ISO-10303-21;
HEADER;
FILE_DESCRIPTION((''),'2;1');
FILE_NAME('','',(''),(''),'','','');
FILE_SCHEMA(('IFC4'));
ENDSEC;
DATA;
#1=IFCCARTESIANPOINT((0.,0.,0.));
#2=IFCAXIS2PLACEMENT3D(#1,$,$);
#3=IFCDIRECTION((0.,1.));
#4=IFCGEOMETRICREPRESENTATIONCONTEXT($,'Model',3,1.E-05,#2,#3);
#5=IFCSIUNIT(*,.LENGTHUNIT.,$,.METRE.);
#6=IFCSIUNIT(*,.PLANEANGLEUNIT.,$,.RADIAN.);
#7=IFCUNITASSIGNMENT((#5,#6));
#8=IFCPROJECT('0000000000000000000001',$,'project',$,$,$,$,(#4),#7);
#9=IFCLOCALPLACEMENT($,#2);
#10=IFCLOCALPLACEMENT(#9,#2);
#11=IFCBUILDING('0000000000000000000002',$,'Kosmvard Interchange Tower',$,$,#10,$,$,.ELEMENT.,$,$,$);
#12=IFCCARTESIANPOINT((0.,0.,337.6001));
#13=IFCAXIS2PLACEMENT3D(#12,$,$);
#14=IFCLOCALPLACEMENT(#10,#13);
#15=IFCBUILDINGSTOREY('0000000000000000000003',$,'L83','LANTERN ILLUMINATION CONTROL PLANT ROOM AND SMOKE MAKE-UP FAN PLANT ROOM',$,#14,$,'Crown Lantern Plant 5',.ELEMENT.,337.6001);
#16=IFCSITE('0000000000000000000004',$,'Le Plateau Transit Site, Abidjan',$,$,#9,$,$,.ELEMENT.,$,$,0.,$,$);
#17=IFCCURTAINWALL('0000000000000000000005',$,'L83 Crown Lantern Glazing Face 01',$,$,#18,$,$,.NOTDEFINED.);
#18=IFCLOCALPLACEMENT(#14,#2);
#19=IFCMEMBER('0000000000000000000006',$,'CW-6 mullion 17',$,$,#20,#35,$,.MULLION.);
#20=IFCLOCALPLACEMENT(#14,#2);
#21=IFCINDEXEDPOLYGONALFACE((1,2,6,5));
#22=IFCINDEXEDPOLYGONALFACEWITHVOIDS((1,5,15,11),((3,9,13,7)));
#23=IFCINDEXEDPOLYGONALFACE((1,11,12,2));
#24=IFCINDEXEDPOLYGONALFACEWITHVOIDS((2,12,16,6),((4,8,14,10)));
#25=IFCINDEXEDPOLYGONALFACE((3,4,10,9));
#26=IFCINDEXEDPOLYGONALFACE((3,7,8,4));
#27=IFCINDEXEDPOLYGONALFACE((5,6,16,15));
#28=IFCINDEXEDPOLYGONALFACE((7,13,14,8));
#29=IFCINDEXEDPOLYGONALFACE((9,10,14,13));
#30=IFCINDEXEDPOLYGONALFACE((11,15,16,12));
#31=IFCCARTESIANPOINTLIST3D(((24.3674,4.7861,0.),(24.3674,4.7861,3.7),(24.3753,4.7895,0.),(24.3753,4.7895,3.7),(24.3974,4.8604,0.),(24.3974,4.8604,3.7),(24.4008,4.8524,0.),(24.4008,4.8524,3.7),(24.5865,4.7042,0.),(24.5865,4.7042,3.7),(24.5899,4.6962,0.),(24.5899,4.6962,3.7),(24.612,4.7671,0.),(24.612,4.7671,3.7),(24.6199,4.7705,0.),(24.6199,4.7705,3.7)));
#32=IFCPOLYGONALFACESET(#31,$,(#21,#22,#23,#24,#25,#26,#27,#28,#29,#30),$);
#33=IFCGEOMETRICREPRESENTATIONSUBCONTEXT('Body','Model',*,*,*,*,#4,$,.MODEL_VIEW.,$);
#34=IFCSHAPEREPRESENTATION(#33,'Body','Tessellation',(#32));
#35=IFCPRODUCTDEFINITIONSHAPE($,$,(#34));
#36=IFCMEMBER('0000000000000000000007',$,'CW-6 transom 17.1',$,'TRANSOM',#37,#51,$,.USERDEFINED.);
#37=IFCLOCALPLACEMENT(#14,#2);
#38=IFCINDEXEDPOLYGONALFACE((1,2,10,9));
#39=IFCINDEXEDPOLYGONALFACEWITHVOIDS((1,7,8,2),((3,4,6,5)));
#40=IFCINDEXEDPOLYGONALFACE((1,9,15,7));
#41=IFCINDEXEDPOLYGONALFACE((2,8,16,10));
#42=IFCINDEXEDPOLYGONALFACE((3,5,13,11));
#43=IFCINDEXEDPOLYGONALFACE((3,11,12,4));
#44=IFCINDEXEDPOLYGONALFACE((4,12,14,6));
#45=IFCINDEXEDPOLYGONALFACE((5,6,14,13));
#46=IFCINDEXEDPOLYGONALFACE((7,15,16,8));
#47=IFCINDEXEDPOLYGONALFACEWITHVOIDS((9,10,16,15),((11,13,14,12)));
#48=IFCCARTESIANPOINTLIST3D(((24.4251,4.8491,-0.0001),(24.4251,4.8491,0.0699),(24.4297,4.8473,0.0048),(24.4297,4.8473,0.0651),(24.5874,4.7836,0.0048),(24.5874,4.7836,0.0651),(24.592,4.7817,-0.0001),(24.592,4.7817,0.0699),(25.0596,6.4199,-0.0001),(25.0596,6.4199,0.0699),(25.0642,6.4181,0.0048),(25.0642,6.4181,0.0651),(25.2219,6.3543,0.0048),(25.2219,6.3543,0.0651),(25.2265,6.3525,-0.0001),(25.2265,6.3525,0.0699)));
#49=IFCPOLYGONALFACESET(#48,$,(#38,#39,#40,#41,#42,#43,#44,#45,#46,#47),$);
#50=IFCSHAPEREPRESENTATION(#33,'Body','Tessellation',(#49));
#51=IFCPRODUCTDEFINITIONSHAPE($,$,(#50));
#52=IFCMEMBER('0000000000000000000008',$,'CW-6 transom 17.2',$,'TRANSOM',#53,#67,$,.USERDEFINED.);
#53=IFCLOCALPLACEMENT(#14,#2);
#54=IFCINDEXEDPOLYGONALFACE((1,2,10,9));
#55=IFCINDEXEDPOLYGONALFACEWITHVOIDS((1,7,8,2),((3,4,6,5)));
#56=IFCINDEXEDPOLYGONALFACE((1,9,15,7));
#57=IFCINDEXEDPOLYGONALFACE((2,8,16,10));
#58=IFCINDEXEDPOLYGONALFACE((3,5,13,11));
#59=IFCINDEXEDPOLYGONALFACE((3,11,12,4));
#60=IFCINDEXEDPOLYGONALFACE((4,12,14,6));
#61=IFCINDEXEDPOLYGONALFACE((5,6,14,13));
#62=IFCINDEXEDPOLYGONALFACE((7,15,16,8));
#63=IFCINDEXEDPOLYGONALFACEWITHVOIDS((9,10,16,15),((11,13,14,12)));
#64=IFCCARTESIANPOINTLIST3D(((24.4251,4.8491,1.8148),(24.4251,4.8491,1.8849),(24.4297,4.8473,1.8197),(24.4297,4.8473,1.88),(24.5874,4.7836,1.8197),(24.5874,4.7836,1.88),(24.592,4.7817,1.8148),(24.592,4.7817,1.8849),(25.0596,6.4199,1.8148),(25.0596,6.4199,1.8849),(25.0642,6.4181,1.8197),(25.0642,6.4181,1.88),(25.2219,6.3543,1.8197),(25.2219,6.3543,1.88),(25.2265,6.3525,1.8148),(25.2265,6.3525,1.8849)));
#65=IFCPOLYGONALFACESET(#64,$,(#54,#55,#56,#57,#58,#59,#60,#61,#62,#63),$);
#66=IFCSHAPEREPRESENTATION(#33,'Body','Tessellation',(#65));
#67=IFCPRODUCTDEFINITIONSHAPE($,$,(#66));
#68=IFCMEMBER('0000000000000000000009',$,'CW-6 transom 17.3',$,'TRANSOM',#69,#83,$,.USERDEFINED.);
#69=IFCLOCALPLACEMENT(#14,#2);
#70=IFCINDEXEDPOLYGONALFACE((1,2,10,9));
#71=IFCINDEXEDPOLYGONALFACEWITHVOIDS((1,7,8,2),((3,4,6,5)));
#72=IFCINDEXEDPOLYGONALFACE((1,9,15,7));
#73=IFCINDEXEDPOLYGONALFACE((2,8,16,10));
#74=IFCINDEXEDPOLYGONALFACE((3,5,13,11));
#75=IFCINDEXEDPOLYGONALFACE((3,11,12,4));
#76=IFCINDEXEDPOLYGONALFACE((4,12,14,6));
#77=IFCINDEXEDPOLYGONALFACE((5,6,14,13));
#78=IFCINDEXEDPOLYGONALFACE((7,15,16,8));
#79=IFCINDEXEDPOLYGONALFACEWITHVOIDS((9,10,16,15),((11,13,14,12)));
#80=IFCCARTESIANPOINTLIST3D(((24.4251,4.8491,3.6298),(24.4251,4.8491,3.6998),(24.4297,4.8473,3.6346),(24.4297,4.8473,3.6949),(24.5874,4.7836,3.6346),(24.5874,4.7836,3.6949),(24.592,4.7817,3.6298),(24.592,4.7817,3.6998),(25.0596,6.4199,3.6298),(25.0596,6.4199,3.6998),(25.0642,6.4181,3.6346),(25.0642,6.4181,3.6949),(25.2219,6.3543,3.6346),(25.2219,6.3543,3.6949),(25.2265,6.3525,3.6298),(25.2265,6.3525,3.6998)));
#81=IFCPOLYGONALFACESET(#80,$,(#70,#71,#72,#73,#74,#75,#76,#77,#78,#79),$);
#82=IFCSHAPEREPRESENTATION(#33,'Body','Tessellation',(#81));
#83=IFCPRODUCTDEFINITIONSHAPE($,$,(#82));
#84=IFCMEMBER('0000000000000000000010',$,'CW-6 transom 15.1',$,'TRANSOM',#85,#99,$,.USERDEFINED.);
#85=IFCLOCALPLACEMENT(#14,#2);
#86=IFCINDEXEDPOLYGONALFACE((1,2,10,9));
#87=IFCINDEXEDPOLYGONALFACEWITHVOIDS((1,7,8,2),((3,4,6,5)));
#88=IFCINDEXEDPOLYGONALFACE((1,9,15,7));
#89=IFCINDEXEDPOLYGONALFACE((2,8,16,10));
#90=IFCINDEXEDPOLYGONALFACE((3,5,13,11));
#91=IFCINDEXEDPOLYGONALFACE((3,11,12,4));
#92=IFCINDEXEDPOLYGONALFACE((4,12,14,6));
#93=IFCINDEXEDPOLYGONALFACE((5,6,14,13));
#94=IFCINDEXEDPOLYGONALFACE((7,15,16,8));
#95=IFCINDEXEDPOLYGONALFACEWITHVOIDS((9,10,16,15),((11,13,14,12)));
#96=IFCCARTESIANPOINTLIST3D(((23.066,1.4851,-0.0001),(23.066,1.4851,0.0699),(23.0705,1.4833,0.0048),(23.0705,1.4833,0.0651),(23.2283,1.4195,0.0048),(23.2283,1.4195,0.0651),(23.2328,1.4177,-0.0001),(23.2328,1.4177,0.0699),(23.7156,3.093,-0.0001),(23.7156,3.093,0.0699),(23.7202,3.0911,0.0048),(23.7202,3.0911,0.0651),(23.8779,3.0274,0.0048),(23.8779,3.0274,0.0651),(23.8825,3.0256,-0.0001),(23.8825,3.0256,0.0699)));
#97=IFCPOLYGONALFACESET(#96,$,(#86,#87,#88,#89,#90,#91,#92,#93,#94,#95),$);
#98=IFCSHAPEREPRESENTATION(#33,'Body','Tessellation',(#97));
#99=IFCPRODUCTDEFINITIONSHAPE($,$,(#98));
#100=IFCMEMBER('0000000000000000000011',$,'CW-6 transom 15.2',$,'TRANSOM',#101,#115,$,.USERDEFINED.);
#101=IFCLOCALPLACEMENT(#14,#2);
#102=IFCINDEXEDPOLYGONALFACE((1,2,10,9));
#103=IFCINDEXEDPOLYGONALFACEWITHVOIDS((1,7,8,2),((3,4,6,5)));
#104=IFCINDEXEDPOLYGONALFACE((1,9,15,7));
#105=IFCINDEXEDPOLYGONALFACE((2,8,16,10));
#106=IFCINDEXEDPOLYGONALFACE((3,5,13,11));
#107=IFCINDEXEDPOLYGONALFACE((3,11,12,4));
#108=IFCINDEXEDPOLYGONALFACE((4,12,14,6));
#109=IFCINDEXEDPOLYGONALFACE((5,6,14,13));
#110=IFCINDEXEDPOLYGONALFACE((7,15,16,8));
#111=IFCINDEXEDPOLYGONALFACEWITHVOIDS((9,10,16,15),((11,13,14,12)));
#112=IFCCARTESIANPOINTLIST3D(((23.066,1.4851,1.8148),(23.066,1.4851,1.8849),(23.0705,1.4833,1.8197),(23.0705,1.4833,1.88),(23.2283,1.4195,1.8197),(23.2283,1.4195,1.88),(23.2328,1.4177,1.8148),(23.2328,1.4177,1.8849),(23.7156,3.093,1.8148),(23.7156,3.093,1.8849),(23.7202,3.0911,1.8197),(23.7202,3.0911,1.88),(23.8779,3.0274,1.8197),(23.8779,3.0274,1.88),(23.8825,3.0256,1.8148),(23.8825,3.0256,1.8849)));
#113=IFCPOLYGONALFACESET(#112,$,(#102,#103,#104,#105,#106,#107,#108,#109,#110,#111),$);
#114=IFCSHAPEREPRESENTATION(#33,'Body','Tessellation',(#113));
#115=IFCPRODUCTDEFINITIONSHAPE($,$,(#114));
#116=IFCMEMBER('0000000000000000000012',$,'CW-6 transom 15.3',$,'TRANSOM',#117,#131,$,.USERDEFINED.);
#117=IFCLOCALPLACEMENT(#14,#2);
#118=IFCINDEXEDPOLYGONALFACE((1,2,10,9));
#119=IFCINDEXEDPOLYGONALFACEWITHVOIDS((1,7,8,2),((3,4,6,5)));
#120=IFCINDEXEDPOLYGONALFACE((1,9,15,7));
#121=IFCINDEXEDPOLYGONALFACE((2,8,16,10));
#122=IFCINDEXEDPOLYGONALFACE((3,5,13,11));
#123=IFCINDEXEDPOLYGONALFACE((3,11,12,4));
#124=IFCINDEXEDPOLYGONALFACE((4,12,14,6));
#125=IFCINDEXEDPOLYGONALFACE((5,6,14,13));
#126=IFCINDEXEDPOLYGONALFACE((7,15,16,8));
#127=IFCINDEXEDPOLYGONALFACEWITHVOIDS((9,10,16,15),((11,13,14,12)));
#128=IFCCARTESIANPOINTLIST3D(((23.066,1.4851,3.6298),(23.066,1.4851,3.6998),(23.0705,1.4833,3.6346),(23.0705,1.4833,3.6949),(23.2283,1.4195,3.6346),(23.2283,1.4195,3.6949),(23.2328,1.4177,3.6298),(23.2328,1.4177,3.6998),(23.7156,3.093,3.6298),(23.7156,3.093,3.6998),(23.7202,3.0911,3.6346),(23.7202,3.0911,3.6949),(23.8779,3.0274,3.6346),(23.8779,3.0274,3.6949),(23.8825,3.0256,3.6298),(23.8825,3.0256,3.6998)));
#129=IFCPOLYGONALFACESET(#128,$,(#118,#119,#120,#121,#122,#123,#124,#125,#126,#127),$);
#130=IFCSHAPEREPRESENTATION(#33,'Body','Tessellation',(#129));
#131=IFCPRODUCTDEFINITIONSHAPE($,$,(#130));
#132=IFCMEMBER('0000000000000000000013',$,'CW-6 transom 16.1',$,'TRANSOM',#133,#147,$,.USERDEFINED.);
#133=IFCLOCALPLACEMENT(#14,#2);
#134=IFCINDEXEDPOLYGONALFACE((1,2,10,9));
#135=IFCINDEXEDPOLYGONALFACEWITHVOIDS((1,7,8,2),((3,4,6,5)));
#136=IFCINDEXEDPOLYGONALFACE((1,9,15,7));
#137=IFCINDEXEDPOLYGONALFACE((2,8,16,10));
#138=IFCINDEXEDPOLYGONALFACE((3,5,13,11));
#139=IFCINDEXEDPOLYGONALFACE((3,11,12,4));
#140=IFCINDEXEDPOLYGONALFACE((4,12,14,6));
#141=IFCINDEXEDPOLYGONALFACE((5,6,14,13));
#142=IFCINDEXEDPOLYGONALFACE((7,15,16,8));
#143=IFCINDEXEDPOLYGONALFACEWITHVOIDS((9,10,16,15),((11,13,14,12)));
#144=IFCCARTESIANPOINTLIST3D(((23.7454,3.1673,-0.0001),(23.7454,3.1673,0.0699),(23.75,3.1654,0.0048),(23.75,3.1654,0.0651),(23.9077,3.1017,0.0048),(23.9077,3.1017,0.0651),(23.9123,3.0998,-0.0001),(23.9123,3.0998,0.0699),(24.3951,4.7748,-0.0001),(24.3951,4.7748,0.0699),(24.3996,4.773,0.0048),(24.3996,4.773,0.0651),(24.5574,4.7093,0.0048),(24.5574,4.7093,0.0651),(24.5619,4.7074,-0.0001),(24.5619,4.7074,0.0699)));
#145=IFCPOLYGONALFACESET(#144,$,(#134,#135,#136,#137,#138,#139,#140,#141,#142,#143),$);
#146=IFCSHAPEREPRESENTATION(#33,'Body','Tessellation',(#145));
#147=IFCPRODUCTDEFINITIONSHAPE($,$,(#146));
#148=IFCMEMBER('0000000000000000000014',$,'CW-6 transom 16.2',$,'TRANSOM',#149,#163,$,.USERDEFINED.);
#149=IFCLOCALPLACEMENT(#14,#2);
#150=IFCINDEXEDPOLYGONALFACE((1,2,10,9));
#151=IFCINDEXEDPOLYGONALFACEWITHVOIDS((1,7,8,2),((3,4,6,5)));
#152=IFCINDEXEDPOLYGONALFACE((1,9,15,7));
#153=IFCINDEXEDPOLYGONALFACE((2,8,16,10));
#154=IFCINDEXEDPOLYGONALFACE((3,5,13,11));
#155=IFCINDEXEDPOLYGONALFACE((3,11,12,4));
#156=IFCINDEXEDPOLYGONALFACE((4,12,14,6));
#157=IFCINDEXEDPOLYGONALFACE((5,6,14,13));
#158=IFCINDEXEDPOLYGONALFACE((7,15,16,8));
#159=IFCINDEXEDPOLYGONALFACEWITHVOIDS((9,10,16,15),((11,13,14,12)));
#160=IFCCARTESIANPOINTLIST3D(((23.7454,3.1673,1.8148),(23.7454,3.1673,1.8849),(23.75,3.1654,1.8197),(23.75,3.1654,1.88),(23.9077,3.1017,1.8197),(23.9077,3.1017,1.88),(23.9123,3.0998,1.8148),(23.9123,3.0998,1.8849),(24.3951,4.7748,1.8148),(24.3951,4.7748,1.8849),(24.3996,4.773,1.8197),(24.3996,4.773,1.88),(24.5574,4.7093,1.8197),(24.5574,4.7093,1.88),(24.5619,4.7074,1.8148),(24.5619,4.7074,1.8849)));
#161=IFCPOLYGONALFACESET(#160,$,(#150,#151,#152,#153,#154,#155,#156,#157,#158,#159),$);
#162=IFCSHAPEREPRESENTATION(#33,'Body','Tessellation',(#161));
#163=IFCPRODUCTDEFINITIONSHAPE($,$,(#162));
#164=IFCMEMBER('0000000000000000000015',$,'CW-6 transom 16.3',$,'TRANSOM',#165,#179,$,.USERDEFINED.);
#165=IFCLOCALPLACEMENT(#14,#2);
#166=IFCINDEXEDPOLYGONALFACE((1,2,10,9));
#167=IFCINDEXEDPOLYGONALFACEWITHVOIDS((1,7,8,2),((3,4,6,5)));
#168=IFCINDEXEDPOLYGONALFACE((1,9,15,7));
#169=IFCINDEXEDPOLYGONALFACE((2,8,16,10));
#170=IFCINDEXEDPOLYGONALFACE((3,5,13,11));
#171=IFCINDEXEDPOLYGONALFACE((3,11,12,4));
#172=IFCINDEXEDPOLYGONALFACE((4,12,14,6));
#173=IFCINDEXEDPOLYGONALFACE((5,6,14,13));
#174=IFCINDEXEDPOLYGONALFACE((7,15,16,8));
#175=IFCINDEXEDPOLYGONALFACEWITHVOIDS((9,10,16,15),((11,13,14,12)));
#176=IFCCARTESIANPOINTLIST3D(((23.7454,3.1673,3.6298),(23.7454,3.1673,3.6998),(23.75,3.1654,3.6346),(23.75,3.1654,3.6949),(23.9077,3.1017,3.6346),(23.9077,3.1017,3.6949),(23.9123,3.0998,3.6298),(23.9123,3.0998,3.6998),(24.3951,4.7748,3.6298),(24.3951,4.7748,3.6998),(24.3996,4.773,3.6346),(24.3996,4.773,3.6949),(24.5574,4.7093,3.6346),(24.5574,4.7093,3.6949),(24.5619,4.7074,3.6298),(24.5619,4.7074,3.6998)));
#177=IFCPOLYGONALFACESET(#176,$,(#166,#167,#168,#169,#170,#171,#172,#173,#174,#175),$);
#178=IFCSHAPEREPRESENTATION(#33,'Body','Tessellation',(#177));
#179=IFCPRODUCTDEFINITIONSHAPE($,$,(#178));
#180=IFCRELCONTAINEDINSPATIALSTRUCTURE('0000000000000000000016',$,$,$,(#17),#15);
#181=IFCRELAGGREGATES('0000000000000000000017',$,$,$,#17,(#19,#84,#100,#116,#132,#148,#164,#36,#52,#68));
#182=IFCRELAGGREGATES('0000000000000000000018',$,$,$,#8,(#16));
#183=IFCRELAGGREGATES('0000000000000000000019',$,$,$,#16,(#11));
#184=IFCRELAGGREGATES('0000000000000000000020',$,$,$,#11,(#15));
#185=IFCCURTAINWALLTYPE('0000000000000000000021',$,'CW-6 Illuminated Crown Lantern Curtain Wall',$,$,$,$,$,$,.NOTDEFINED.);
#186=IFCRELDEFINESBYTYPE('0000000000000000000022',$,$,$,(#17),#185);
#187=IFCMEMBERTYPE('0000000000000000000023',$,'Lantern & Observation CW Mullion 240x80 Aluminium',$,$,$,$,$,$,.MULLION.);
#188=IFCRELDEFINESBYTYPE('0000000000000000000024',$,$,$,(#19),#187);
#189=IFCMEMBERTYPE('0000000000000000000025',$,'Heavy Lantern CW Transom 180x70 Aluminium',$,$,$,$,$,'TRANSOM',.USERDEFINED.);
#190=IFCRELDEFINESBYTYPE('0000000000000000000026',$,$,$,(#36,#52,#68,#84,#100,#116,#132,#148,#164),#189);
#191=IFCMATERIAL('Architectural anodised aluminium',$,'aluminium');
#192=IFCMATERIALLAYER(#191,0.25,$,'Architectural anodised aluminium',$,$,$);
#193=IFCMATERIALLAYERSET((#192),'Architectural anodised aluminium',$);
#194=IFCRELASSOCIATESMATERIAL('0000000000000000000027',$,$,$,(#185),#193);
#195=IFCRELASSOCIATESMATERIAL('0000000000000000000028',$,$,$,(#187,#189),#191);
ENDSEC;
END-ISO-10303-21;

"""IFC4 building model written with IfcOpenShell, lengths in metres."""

from ifc_helpers import new_model, si_unit, direction, frame, origin, origin_2d, place, context, subcontext, project, spatial, hollow_rectangle, extrude, source, transform, mapped, material, layer, layer_set, material_profile, profile_set, type_object, element, aggregate, save


model = new_model("IFC4")

# Units and contexts
model_context = context("Model", 3, precision=1e-05, world=origin(), true_north=direction((0.0, 1.0)))
body_context = subcontext(model_context, "Body", "Model", "MODEL_VIEW")
ifc_project = project(units=[si_unit("LENGTHUNIT", "METRE"), si_unit("PLANEANGLEUNIT", "RADIAN")], contexts=[model_context])

# Site, building, storey
site_placement = place(None, origin())
site = spatial("IfcSite", under=ifc_project, at=site_placement, Name="Le Plateau Transit Site, Abidjan", CompositionType="ELEMENT", RefElevation=0.0)
building_placement = place(site_placement, origin())
building = spatial("IfcBuilding", under=site, at=building_placement, Name="Kosmvard Interchange Tower", CompositionType="ELEMENT")
storey_placement = place(building_placement, frame((0.0, 0.0, 337.6001)))
storey = spatial("IfcBuildingStorey", under=building, at=storey_placement, Name="L83", Description="LANTERN ILLUMINATION CONTROL PLANT ROOM AND SMOKE MAKE-UP FAN PLANT ROOM", LongName="Crown Lantern Plant 5", CompositionType="ELEMENT", Elevation=337.6001)

# Curtain wall, members
ifc_material_1 = material(Name="Architectural anodised aluminium", Category="aluminium")
ifc_layer_1 = layer(ifc_material_1, 0.25, Name="Architectural anodised aluminium")
ifc_layer_set_1 = layer_set([ifc_layer_1], Name="Architectural anodised aluminium")
curtain_wall_type = type_object("IfcCurtainWallType", Name="CW-6 Illuminated Crown Lantern Curtain Wall", PredefinedType="NOTDEFINED", material=ifc_layer_set_1)
curtain_wall_placement = place(storey_placement, origin())
curtain_wall = element("IfcCurtainWall", 1, at=curtain_wall_placement, inside=storey, type_object=curtain_wall_type, Name="L83 Crown Lantern Glazing Face 01", PredefinedType="NOTDEFINED")
ifc_material_profile_1 = material_profile(ifc_material_1, hollow_rectangle(XDim=0.24, YDim=0.0801, WallThickness=0.0061, at=origin_2d()), Name="CWM 240x80x6")
ifc_profile_set_1 = profile_set([ifc_material_profile_1], Name="Architectural anodised aluminium")
member_type_1 = type_object("IfcMemberType", Name="Lantern & Observation CW Mullion 240x80 Aluminium", PredefinedType="MULLION", material=ifc_profile_set_1)
shared_shape_1 = source(origin(), body_context, "Body", "SweptSolid", [
    extrude(hollow_rectangle(XDim=0.24, YDim=0.0801, WallThickness=0.0061, at=origin_2d()), origin(), (0.0, 0.0, 1.0), 3.7),
])
member_1_placement = place(storey_placement, frame((24.4937, 4.7783, 0.0), z_axis=(0.0, 0.0, 1.0), x_axis=(-0.927184, 0.374607, 0.0)))
member_1 = element("IfcMember", 2, at=member_1_placement, type_object=member_type_1, Name="CW-6 mullion 17", PredefinedType="MULLION", context=body_context, shape_type="MappedRepresentation", body=[
    mapped(shared_shape_1, transform((0.0, 0.0, 0.0), scale=1.0)),
])
ifc_material_profile_2 = material_profile(ifc_material_1, hollow_rectangle(XDim=0.1799, YDim=0.0701, WallThickness=0.0049, at=origin_2d()), Name="CWT 180x70x5")
ifc_profile_set_2 = profile_set([ifc_material_profile_2], Name="Architectural anodised aluminium")
member_type_2 = type_object("IfcMemberType", Name="Heavy Lantern CW Transom 180x70 Aluminium", ElementType="TRANSOM", PredefinedType="USERDEFINED", material=ifc_profile_set_2)
shared_shape_2 = source(origin(), body_context, "Body", "SweptSolid", [
    extrude(hollow_rectangle(XDim=0.1799, YDim=0.0701, WallThickness=0.0049, at=origin_2d()), origin(), (0.0, 0.0, 1.0), 1.6941),
])
member_2_placement = place(storey_placement, frame((24.5085, 4.8154, 0.0349), z_axis=(0.374544, 0.927209, 0.0), x_axis=(-0.927209, 0.374544, 0.0)))
member_2 = element("IfcMember", 3, at=member_2_placement, type_object=member_type_2, Name="CW-6 transom 17.1", ObjectType="TRANSOM", PredefinedType="USERDEFINED", context=body_context, shape_type="MappedRepresentation", body=[
    mapped(shared_shape_2, transform((0.0, 0.0, 0.0), scale=1.0)),
])
member_3_placement = place(storey_placement, frame((24.5085, 4.8154, 1.8499), z_axis=(0.374544, 0.927209, 0.0), x_axis=(-0.927209, 0.374544, 0.0)))
member_3 = element("IfcMember", 4, at=member_3_placement, type_object=member_type_2, Name="CW-6 transom 17.2", ObjectType="TRANSOM", PredefinedType="USERDEFINED", context=body_context, shape_type="MappedRepresentation", body=[
    mapped(shared_shape_2, transform((0.0, 0.0, 0.0), scale=1.0)),
])
member_4_placement = place(storey_placement, frame((24.5085, 4.8154, 3.6648), z_axis=(0.374544, 0.927209, 0.0), x_axis=(-0.927209, 0.374544, 0.0)))
member_4 = element("IfcMember", 5, at=member_4_placement, type_object=member_type_2, Name="CW-6 transom 17.3", ObjectType="TRANSOM", PredefinedType="USERDEFINED", context=body_context, shape_type="MappedRepresentation", body=[
    mapped(shared_shape_2, transform((0.0, 0.0, 0.0), scale=1.0)),
])
shared_shape_3 = source(origin(), body_context, "Body", "SweptSolid", [
    extrude(hollow_rectangle(XDim=0.1799, YDim=0.0701, WallThickness=0.0049, at=origin_2d()), origin(), (0.0, 0.0, 1.0), 1.7341),
])
member_5_placement = place(storey_placement, frame((23.1494, 1.4514, 0.0349), z_axis=(0.374617, 0.92718, 0.0), x_axis=(-0.92718, 0.374617, 0.0)))
member_5 = element("IfcMember", 6, at=member_5_placement, type_object=member_type_2, Name="CW-6 transom 15.1", ObjectType="TRANSOM", PredefinedType="USERDEFINED", context=body_context, shape_type="MappedRepresentation", body=[
    mapped(shared_shape_3, transform((0.0, 0.0, 0.0), scale=1.0)),
])
member_6_placement = place(storey_placement, frame((23.1494, 1.4514, 1.8499), z_axis=(0.374617, 0.92718, 0.0), x_axis=(-0.92718, 0.374617, 0.0)))
member_6 = element("IfcMember", 7, at=member_6_placement, type_object=member_type_2, Name="CW-6 transom 15.2", ObjectType="TRANSOM", PredefinedType="USERDEFINED", context=body_context, shape_type="MappedRepresentation", body=[
    mapped(shared_shape_3, transform((0.0, 0.0, 0.0), scale=1.0)),
])
member_7_placement = place(storey_placement, frame((23.1494, 1.4514, 3.6648), z_axis=(0.374617, 0.92718, 0.0), x_axis=(-0.92718, 0.374617, 0.0)))
member_7 = element("IfcMember", 8, at=member_7_placement, type_object=member_type_2, Name="CW-6 transom 15.3", ObjectType="TRANSOM", PredefinedType="USERDEFINED", context=body_context, shape_type="MappedRepresentation", body=[
    mapped(shared_shape_3, transform((0.0, 0.0, 0.0), scale=1.0)),
])
shared_shape_4 = source(origin(), body_context, "Body", "SweptSolid", [
    extrude(hollow_rectangle(XDim=0.1799, YDim=0.0701, WallThickness=0.0049, at=origin_2d()), origin(), (0.0, 0.0, 1.0), 1.7339),
])
member_8_placement = place(storey_placement, frame((23.8289, 3.1335, 0.0349), z_axis=(0.374666, 0.92716, 0.0), x_axis=(-0.92716, 0.374666, 0.0)))
member_8 = element("IfcMember", 9, at=member_8_placement, type_object=member_type_2, Name="CW-6 transom 16.1", ObjectType="TRANSOM", PredefinedType="USERDEFINED", context=body_context, shape_type="MappedRepresentation", body=[
    mapped(shared_shape_4, transform((0.0, 0.0, 0.0), scale=1.0)),
])
member_9_placement = place(storey_placement, frame((23.8289, 3.1335, 1.8499), z_axis=(0.374666, 0.92716, 0.0), x_axis=(-0.92716, 0.374666, 0.0)))
member_9 = element("IfcMember", 10, at=member_9_placement, type_object=member_type_2, Name="CW-6 transom 16.2", ObjectType="TRANSOM", PredefinedType="USERDEFINED", context=body_context, shape_type="MappedRepresentation", body=[
    mapped(shared_shape_4, transform((0.0, 0.0, 0.0), scale=1.0)),
])
member_10_placement = place(storey_placement, frame((23.8289, 3.1335, 3.6648), z_axis=(0.374666, 0.92716, 0.0), x_axis=(-0.92716, 0.374666, 0.0)))
member_10 = element("IfcMember", 11, at=member_10_placement, type_object=member_type_2, Name="CW-6 transom 16.3", ObjectType="TRANSOM", PredefinedType="USERDEFINED", context=body_context, shape_type="MappedRepresentation", body=[
    mapped(shared_shape_4, transform((0.0, 0.0, 0.0), scale=1.0)),
])

aggregate(curtain_wall, [member_1, member_5, member_6, member_7, member_8, member_9, member_10, member_2, member_3, member_4])

save(model, "model.ifc")
